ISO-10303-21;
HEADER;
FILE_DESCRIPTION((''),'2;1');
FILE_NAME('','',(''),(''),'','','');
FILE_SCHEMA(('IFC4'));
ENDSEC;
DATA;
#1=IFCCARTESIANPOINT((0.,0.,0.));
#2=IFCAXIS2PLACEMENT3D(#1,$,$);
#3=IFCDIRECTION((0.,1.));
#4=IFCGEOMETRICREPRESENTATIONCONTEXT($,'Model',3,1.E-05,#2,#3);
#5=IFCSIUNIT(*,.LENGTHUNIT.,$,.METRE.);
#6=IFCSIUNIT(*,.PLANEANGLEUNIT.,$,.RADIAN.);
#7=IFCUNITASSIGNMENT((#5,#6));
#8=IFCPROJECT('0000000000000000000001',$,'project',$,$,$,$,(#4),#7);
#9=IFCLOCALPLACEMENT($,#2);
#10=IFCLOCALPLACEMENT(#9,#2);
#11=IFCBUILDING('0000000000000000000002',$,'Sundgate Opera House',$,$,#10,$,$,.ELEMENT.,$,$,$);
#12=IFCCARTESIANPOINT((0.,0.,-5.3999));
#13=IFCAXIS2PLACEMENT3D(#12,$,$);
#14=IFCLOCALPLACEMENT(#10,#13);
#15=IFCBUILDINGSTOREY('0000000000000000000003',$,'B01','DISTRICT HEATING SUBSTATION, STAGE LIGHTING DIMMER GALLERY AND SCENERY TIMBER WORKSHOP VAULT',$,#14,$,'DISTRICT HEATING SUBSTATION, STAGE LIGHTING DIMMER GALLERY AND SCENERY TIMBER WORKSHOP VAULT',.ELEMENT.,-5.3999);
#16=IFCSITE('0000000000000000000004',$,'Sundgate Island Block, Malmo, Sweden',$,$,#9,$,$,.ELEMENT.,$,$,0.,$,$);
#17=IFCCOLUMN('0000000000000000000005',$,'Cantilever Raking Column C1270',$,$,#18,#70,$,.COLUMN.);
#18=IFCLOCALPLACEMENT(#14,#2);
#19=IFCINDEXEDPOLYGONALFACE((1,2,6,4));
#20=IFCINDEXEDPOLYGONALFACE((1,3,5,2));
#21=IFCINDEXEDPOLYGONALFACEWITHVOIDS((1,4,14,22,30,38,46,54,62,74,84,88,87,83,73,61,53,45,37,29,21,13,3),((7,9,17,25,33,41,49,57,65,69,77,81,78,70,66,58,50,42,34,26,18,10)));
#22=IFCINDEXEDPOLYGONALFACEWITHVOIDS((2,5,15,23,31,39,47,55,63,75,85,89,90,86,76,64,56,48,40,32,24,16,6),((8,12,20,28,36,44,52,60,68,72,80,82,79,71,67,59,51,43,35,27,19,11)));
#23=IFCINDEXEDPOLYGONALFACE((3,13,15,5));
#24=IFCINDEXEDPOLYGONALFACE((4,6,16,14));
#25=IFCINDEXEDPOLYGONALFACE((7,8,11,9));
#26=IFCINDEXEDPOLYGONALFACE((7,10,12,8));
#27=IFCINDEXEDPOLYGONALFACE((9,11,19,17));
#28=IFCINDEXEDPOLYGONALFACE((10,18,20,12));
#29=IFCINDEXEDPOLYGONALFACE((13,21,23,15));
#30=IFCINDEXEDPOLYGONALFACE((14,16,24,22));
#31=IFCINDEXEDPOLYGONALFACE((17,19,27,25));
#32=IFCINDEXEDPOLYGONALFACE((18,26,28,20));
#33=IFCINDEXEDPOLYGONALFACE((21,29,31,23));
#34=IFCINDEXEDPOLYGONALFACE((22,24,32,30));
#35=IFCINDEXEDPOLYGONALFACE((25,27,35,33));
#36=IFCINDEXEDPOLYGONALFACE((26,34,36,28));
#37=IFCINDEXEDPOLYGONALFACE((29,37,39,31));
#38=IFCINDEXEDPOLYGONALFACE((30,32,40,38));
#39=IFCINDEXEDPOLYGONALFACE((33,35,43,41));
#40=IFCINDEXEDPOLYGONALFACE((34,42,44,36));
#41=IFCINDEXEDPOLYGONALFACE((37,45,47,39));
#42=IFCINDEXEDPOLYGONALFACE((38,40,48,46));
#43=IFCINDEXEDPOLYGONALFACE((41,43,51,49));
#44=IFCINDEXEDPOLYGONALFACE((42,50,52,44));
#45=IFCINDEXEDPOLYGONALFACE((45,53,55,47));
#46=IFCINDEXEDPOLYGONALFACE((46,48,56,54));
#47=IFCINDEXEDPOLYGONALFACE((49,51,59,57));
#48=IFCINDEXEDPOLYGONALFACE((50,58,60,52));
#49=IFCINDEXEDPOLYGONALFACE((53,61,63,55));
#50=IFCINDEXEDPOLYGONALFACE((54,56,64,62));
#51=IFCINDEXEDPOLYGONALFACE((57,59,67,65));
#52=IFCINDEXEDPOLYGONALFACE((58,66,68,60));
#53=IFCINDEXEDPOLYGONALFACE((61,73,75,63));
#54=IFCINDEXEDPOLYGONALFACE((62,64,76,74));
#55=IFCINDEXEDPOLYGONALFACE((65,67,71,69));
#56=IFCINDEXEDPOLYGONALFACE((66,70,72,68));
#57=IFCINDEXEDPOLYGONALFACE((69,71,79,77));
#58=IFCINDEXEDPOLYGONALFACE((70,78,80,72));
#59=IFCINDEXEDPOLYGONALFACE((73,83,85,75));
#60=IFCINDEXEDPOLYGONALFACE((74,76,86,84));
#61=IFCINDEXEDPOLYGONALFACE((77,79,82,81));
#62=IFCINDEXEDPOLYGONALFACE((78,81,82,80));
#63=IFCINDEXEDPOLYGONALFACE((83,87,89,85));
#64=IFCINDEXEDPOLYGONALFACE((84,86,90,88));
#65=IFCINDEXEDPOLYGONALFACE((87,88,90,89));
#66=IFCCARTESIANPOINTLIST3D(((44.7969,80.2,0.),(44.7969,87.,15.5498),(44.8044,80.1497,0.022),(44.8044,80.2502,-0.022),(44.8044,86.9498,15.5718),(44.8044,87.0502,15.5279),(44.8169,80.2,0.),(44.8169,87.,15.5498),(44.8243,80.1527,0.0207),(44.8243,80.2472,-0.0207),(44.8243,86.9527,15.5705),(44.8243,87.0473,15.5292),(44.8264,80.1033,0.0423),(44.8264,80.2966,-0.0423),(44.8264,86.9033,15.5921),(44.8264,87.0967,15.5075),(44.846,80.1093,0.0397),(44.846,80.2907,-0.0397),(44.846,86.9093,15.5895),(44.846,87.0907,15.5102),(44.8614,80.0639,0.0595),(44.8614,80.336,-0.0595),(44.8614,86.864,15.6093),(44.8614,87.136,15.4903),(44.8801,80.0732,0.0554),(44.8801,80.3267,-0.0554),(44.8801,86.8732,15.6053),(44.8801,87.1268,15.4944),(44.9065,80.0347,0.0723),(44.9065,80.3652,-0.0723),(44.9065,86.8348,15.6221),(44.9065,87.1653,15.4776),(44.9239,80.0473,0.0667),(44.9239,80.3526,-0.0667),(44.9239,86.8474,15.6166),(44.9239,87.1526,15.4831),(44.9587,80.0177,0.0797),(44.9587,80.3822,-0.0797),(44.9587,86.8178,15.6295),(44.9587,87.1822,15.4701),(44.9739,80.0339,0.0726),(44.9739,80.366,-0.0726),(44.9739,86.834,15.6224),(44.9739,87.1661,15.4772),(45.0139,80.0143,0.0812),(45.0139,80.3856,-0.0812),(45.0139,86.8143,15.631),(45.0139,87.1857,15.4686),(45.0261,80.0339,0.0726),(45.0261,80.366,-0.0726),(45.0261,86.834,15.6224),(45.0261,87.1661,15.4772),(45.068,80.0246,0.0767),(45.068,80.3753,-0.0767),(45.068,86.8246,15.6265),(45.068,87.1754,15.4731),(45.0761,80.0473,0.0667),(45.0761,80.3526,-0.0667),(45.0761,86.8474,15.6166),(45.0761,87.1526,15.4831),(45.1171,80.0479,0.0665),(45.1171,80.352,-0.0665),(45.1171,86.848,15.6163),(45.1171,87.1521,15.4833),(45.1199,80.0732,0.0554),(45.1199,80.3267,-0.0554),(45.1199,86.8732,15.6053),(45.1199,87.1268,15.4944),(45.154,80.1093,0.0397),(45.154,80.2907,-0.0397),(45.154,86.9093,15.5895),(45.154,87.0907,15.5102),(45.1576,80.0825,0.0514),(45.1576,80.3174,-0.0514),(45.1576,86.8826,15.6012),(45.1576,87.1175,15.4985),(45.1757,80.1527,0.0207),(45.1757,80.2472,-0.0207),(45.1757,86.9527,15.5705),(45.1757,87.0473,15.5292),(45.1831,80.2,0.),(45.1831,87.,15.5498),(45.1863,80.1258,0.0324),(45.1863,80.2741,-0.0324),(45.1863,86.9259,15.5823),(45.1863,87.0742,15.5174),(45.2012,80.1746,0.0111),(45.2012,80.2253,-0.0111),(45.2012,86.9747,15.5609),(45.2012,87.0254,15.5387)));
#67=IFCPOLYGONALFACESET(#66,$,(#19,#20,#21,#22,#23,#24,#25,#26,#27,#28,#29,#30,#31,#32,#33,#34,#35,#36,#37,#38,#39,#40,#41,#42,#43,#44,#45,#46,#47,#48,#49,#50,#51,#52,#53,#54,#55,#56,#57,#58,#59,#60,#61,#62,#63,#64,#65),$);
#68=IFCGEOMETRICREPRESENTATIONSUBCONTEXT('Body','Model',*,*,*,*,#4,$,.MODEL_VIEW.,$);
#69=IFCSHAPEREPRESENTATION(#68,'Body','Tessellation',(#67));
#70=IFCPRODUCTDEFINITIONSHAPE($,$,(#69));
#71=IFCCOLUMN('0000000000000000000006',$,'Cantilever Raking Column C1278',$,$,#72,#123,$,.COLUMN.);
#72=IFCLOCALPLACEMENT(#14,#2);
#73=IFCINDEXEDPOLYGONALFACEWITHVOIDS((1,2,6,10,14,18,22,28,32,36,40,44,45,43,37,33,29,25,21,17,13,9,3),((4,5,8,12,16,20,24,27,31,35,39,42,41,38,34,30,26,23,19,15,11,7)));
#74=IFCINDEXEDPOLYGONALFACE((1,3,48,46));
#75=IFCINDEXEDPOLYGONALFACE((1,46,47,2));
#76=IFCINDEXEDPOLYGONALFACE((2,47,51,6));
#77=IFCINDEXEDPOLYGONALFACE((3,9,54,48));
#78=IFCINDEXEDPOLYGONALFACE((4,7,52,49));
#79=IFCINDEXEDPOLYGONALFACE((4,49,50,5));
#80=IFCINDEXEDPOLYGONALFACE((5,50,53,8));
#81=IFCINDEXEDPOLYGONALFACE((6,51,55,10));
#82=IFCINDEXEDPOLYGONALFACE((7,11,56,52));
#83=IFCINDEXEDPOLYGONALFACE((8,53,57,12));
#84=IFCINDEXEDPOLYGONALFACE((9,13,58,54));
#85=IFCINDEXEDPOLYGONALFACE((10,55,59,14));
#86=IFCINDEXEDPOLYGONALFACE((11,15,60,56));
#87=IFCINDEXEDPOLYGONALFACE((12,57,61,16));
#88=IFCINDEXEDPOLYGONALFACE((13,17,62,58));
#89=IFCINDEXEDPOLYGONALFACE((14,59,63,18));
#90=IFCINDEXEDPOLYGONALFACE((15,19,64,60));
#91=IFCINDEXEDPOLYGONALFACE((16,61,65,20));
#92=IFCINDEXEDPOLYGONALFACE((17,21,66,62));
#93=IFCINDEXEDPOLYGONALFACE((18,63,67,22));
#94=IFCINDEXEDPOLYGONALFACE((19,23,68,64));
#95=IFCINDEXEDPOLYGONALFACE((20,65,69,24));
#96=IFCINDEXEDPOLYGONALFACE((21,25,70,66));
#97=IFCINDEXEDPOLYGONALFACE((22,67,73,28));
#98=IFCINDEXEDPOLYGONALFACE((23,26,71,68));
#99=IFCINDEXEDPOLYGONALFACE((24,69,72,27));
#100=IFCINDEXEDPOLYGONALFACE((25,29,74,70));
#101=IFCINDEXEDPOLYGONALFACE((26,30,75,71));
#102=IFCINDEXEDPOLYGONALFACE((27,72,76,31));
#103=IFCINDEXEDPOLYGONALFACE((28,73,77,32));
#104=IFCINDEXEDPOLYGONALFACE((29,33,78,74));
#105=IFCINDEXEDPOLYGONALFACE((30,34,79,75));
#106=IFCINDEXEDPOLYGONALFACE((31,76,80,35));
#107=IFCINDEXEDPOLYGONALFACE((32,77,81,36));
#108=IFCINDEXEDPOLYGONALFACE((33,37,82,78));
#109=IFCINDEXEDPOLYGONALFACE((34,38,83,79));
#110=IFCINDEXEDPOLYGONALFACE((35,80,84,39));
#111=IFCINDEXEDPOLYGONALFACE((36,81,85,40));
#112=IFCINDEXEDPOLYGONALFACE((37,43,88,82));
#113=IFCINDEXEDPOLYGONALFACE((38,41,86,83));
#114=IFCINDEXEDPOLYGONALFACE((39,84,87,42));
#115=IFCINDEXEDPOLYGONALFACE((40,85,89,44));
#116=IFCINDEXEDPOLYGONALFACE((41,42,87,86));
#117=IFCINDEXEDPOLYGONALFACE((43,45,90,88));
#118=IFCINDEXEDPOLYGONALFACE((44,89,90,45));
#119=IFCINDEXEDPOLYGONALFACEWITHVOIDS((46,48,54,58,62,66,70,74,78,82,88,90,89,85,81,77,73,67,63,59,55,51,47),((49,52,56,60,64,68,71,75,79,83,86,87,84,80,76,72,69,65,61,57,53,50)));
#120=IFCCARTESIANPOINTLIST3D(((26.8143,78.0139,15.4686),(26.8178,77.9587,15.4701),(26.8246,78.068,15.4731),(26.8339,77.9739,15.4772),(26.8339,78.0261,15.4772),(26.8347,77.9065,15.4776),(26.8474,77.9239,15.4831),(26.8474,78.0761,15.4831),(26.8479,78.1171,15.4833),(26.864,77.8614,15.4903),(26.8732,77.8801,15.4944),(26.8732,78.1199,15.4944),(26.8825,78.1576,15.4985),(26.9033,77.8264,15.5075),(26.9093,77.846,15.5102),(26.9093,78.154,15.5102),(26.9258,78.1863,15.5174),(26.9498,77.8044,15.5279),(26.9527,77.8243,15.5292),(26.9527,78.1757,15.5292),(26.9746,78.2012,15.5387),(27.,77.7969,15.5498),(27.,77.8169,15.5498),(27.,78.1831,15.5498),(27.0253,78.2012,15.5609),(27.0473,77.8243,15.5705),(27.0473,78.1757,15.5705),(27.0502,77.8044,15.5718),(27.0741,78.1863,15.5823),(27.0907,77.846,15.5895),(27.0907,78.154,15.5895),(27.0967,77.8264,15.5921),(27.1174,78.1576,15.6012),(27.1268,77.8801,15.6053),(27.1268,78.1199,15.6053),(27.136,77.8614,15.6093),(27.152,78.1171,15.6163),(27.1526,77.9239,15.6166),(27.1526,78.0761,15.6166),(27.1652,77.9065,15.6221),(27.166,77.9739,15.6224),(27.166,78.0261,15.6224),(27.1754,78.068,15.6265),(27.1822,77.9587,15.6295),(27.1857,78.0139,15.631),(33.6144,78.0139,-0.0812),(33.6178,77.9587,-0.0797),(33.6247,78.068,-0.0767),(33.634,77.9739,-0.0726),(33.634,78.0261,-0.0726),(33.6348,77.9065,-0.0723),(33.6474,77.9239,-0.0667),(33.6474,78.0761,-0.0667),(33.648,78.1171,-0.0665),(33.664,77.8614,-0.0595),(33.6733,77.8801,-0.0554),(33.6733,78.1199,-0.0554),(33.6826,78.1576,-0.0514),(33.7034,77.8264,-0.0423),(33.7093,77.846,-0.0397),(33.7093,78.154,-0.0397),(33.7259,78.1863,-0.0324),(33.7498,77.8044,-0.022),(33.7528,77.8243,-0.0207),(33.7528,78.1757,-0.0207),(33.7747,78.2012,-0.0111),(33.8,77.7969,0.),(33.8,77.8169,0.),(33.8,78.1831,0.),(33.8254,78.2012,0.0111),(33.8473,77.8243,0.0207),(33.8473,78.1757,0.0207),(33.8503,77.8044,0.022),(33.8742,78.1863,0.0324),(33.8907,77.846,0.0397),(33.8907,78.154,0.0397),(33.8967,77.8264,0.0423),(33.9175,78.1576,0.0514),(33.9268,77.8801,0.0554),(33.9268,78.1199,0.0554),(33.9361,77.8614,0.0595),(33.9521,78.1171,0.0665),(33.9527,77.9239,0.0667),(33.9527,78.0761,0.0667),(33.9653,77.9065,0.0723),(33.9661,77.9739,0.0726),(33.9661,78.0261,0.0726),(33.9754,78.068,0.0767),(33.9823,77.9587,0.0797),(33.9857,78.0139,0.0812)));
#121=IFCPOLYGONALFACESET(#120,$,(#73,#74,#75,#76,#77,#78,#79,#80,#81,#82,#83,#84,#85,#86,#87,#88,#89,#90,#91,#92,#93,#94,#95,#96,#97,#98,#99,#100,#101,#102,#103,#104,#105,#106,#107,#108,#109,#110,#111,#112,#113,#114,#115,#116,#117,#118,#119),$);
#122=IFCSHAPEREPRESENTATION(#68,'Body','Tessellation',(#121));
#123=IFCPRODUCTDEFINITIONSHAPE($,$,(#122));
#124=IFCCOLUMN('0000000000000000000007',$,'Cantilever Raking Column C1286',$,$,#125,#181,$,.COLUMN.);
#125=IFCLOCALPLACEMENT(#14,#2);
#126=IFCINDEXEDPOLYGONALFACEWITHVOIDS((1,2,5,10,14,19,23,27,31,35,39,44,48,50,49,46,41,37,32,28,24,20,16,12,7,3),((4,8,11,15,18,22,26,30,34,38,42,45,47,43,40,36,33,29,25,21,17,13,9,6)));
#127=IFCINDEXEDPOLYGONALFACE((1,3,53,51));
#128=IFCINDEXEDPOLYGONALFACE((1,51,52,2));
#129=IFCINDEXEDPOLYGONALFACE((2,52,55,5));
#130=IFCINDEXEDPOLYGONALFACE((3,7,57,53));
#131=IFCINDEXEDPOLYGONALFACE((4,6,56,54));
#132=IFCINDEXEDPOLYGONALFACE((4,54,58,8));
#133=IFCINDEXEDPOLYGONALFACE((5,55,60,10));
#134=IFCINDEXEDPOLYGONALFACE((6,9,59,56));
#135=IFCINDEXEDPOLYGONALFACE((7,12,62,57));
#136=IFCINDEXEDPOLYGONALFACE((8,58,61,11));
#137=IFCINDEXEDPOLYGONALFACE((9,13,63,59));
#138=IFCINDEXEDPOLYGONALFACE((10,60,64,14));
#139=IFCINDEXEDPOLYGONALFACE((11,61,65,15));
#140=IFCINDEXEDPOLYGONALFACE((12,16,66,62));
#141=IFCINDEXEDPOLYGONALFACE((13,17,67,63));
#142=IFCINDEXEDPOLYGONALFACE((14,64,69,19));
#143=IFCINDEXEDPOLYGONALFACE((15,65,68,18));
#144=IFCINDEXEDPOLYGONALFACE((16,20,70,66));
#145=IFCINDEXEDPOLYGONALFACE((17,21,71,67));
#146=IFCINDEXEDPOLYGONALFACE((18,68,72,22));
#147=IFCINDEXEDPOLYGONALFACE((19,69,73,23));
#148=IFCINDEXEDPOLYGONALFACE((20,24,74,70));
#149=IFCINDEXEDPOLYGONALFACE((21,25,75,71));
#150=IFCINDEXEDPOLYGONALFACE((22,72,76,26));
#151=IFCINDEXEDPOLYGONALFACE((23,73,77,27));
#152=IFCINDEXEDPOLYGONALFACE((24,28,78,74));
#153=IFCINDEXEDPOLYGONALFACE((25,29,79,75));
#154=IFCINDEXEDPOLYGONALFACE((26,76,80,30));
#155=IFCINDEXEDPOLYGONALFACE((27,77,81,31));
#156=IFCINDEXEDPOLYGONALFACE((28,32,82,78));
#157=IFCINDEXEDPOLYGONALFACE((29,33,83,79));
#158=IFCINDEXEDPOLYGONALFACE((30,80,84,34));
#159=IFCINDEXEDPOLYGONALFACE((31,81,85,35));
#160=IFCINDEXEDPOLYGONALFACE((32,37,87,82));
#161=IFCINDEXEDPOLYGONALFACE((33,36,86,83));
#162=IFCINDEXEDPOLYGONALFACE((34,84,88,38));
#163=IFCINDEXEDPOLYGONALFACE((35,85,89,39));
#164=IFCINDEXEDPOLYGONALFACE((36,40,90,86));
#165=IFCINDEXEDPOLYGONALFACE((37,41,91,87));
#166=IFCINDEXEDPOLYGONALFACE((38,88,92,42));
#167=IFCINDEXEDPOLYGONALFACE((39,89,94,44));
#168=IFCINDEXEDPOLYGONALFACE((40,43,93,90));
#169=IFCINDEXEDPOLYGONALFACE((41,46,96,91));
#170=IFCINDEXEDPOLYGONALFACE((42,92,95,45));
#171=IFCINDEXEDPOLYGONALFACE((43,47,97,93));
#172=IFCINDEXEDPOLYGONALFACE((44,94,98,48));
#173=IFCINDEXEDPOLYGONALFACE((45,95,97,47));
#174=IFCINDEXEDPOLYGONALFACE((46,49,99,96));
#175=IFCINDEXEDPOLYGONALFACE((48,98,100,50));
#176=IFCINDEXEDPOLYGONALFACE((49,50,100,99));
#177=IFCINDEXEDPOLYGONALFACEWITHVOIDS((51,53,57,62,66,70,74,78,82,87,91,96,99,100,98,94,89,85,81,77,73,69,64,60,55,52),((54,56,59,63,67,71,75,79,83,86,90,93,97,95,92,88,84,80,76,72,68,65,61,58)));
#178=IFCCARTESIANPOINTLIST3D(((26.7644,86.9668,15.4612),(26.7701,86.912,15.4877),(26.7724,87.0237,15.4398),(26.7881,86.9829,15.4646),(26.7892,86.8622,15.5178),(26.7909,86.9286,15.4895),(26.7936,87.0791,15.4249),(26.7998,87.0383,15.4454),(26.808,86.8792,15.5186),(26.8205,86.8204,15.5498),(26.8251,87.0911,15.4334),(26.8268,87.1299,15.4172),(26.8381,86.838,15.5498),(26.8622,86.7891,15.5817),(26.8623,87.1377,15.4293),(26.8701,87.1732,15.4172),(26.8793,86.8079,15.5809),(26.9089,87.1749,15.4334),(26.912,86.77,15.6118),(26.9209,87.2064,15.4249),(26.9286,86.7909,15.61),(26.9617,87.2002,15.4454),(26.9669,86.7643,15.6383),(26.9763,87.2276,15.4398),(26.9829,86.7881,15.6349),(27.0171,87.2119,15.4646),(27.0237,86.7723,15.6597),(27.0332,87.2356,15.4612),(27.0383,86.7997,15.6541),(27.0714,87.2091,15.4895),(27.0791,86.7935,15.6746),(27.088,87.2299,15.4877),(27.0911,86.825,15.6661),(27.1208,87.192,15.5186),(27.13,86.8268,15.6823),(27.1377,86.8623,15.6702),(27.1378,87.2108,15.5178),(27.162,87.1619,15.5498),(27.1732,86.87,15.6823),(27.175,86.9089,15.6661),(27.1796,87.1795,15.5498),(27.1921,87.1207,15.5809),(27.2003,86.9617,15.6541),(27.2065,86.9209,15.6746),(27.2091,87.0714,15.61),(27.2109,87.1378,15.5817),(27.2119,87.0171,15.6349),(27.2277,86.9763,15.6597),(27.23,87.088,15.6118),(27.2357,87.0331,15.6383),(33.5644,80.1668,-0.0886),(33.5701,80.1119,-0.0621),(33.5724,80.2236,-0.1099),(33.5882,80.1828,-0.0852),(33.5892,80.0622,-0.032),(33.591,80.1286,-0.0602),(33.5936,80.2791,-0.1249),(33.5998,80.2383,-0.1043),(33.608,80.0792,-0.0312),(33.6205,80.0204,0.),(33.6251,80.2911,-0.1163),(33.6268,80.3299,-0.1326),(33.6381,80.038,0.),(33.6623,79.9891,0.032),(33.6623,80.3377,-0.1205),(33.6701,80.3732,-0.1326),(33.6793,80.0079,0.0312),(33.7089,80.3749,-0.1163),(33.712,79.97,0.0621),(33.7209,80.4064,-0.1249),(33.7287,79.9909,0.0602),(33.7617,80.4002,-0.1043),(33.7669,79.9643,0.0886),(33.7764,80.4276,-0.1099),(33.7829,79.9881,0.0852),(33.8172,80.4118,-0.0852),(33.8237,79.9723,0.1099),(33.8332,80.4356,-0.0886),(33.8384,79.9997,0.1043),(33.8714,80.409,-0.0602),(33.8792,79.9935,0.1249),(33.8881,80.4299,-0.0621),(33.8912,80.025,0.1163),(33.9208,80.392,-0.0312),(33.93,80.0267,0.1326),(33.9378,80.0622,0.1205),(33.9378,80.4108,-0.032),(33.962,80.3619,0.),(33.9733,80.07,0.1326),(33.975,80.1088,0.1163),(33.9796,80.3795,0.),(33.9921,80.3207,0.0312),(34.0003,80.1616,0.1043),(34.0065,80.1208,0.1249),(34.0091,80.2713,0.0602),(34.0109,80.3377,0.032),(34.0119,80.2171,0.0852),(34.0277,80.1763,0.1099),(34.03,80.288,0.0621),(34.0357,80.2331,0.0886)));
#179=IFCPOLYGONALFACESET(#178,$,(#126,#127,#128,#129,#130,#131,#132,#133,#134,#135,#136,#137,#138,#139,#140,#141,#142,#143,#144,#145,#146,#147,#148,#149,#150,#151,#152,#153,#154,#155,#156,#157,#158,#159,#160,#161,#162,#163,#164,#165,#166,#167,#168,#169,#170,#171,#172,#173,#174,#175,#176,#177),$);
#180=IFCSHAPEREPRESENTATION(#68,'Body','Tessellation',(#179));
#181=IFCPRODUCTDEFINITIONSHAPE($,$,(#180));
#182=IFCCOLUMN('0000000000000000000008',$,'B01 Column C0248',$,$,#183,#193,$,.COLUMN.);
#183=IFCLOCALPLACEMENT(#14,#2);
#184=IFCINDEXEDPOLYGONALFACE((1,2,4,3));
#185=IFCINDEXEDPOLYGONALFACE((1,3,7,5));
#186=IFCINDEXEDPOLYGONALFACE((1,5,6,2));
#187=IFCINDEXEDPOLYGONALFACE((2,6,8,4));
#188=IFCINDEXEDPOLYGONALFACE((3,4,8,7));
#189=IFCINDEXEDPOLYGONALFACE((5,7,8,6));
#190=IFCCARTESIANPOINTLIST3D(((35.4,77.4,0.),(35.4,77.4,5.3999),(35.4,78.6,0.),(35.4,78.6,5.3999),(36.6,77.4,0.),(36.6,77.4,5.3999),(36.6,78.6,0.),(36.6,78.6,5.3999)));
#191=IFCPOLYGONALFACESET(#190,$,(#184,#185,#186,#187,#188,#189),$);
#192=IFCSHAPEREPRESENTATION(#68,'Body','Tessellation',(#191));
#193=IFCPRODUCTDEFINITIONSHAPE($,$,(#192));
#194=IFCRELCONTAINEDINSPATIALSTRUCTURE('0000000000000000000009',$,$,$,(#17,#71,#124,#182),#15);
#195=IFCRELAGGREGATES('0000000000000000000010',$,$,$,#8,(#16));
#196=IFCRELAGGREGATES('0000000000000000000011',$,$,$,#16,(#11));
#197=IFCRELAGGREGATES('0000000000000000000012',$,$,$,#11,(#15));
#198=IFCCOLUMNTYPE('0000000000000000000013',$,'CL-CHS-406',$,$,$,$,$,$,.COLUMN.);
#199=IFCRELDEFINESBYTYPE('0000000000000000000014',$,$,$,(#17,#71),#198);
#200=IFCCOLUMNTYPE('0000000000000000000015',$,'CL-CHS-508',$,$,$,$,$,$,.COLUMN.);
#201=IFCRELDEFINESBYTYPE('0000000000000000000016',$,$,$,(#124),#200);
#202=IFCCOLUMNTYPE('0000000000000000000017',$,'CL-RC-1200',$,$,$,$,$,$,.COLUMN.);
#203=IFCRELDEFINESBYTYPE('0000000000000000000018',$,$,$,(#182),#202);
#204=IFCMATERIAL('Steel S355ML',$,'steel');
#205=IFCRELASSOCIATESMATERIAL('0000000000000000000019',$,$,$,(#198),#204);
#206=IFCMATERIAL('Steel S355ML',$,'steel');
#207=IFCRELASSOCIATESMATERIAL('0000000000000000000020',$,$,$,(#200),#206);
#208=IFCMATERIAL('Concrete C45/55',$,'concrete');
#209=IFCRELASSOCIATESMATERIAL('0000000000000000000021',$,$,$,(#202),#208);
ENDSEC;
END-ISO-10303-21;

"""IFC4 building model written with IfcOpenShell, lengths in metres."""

from ifc_helpers import new_model, si_unit, direction, frame, origin, origin_2d, place, context, subcontext, project, spatial, rectangle, hollow_circle, extrude, material, material_profile, profile_set, type_object, element, save


model = new_model("IFC4")

# Units and contexts
model_context = context("Model", 3, precision=1e-05, world=origin(), true_north=direction((0.0, 1.0)))
body_context = subcontext(model_context, "Body", "Model", "MODEL_VIEW")
ifc_project = project(units=[si_unit("LENGTHUNIT", "METRE"), si_unit("PLANEANGLEUNIT", "RADIAN")], contexts=[model_context])

# Site, building, storey
site_placement = place(None, origin())
site = spatial("IfcSite", under=ifc_project, at=site_placement, Name="Sundgate Island Block, Malmo, Sweden", CompositionType="ELEMENT", RefElevation=0.0)
building_placement = place(site_placement, origin())
building = spatial("IfcBuilding", under=site, at=building_placement, Name="Sundgate Opera House", CompositionType="ELEMENT")
storey_placement = place(building_placement, frame((0.0, 0.0, -5.3999)))
storey = spatial("IfcBuildingStorey", under=building, at=storey_placement, Name="B01", Description="DISTRICT HEATING SUBSTATION, STAGE LIGHTING DIMMER GALLERY AND SCENERY TIMBER WORKSHOP VAULT", LongName="DISTRICT HEATING SUBSTATION, STAGE LIGHTING DIMMER GALLERY AND SCENERY TIMBER WORKSHOP VAULT", CompositionType="ELEMENT", Elevation=-5.3999)

# Columns
ifc_material_1 = material(Name="Steel S355ML", Category="steel")
ifc_material_profile_1 = material_profile(ifc_material_1, hollow_circle(Radius=0.2031, WallThickness=0.02, at=origin_2d()), Name="CHS 406.4x20.0")
ifc_profile_set_1 = profile_set([ifc_material_profile_1], Name="Steel S355ML")
column_type_1 = type_object("IfcColumnType", Name="CL-CHS-406", PredefinedType="COLUMN", material=ifc_profile_set_1)
for number, where, z_axis, x_axis, name in (
    (1, (45.0, 80.2, 0.0), (0.0, 0.400671, 0.916222), (-1.0, 0.0, 0.0), "Cantilever Raking Column C1270"),
    (2, (33.8, 78.0, 0.0), (-0.400671, 0.0, 0.916222), (0.0, -1.0, 0.0), "Cantilever Raking Column C1278"),
):
    element("IfcColumn", number, at=place(storey_placement, frame(where, z_axis=z_axis, x_axis=x_axis)), inside=storey, type_object=column_type_1, Name=name, PredefinedType="COLUMN", context=body_context, shape_type="SweptSolid", body=[
        extrude(hollow_circle(Radius=0.2031, WallThickness=0.02, at=origin_2d()), origin(), (0.0, 0.0, 1.0), 16.9717),
    ])
ifc_material_2 = material(Name="Steel S355ML", Category="steel")
ifc_material_profile_2 = material_profile(ifc_material_2, hollow_circle(Radius=0.2539, WallThickness=0.0249, at=origin_2d()), Name="CHS 508x25.0")
ifc_profile_set_2 = profile_set([ifc_material_profile_2], Name="Steel S355ML")
column_type_2 = type_object("IfcColumnType", Name="CL-CHS-508", PredefinedType="COLUMN", material=ifc_profile_set_2)
column_placement = place(storey_placement, frame((33.8, 80.2, 0.0), z_axis=(-0.371928, 0.371928, 0.850494), x_axis=(-0.707107, -0.707107, 0.0)))
element("IfcColumn", 3, at=column_placement, inside=storey, type_object=column_type_2, Name="Cantilever Raking Column C1286", PredefinedType="COLUMN", context=body_context, shape_type="SweptSolid", body=[
    extrude(hollow_circle(Radius=0.2539, WallThickness=0.0249, at=origin_2d()), origin(), (0.0, 0.0, 1.0), 18.2832),
])
ifc_material_3 = material(Name="Concrete C45/55", Category="concrete")
ifc_material_profile_3 = material_profile(ifc_material_3, rectangle(XDim=1.2, YDim=1.2, at=origin_2d()), Name="RC 1200x1200")
ifc_profile_set_3 = profile_set([ifc_material_profile_3], Name="Concrete C45/55")
column_type_3 = type_object("IfcColumnType", Name="CL-RC-1200", PredefinedType="COLUMN", material=ifc_profile_set_3)
for number, where, z_axis, x_axis, name in (
    (4, (36.0, 78.0, 0.0), (0.0, 0.0, 1.0), (1.0, 0.0, 0.0), "B01 Column C0248"),
):
    element("IfcColumn", number, at=place(storey_placement, frame(where, z_axis=z_axis, x_axis=x_axis)), inside=storey, type_object=column_type_3, Name=name, PredefinedType="COLUMN", context=body_context, shape_type="SweptSolid", body=[
        extrude(rectangle(XDim=1.2, YDim=1.2, at=origin_2d()), origin(), (0.0, 0.0, 1.0), 5.3999),
    ])

save(model, "model.ifc")
